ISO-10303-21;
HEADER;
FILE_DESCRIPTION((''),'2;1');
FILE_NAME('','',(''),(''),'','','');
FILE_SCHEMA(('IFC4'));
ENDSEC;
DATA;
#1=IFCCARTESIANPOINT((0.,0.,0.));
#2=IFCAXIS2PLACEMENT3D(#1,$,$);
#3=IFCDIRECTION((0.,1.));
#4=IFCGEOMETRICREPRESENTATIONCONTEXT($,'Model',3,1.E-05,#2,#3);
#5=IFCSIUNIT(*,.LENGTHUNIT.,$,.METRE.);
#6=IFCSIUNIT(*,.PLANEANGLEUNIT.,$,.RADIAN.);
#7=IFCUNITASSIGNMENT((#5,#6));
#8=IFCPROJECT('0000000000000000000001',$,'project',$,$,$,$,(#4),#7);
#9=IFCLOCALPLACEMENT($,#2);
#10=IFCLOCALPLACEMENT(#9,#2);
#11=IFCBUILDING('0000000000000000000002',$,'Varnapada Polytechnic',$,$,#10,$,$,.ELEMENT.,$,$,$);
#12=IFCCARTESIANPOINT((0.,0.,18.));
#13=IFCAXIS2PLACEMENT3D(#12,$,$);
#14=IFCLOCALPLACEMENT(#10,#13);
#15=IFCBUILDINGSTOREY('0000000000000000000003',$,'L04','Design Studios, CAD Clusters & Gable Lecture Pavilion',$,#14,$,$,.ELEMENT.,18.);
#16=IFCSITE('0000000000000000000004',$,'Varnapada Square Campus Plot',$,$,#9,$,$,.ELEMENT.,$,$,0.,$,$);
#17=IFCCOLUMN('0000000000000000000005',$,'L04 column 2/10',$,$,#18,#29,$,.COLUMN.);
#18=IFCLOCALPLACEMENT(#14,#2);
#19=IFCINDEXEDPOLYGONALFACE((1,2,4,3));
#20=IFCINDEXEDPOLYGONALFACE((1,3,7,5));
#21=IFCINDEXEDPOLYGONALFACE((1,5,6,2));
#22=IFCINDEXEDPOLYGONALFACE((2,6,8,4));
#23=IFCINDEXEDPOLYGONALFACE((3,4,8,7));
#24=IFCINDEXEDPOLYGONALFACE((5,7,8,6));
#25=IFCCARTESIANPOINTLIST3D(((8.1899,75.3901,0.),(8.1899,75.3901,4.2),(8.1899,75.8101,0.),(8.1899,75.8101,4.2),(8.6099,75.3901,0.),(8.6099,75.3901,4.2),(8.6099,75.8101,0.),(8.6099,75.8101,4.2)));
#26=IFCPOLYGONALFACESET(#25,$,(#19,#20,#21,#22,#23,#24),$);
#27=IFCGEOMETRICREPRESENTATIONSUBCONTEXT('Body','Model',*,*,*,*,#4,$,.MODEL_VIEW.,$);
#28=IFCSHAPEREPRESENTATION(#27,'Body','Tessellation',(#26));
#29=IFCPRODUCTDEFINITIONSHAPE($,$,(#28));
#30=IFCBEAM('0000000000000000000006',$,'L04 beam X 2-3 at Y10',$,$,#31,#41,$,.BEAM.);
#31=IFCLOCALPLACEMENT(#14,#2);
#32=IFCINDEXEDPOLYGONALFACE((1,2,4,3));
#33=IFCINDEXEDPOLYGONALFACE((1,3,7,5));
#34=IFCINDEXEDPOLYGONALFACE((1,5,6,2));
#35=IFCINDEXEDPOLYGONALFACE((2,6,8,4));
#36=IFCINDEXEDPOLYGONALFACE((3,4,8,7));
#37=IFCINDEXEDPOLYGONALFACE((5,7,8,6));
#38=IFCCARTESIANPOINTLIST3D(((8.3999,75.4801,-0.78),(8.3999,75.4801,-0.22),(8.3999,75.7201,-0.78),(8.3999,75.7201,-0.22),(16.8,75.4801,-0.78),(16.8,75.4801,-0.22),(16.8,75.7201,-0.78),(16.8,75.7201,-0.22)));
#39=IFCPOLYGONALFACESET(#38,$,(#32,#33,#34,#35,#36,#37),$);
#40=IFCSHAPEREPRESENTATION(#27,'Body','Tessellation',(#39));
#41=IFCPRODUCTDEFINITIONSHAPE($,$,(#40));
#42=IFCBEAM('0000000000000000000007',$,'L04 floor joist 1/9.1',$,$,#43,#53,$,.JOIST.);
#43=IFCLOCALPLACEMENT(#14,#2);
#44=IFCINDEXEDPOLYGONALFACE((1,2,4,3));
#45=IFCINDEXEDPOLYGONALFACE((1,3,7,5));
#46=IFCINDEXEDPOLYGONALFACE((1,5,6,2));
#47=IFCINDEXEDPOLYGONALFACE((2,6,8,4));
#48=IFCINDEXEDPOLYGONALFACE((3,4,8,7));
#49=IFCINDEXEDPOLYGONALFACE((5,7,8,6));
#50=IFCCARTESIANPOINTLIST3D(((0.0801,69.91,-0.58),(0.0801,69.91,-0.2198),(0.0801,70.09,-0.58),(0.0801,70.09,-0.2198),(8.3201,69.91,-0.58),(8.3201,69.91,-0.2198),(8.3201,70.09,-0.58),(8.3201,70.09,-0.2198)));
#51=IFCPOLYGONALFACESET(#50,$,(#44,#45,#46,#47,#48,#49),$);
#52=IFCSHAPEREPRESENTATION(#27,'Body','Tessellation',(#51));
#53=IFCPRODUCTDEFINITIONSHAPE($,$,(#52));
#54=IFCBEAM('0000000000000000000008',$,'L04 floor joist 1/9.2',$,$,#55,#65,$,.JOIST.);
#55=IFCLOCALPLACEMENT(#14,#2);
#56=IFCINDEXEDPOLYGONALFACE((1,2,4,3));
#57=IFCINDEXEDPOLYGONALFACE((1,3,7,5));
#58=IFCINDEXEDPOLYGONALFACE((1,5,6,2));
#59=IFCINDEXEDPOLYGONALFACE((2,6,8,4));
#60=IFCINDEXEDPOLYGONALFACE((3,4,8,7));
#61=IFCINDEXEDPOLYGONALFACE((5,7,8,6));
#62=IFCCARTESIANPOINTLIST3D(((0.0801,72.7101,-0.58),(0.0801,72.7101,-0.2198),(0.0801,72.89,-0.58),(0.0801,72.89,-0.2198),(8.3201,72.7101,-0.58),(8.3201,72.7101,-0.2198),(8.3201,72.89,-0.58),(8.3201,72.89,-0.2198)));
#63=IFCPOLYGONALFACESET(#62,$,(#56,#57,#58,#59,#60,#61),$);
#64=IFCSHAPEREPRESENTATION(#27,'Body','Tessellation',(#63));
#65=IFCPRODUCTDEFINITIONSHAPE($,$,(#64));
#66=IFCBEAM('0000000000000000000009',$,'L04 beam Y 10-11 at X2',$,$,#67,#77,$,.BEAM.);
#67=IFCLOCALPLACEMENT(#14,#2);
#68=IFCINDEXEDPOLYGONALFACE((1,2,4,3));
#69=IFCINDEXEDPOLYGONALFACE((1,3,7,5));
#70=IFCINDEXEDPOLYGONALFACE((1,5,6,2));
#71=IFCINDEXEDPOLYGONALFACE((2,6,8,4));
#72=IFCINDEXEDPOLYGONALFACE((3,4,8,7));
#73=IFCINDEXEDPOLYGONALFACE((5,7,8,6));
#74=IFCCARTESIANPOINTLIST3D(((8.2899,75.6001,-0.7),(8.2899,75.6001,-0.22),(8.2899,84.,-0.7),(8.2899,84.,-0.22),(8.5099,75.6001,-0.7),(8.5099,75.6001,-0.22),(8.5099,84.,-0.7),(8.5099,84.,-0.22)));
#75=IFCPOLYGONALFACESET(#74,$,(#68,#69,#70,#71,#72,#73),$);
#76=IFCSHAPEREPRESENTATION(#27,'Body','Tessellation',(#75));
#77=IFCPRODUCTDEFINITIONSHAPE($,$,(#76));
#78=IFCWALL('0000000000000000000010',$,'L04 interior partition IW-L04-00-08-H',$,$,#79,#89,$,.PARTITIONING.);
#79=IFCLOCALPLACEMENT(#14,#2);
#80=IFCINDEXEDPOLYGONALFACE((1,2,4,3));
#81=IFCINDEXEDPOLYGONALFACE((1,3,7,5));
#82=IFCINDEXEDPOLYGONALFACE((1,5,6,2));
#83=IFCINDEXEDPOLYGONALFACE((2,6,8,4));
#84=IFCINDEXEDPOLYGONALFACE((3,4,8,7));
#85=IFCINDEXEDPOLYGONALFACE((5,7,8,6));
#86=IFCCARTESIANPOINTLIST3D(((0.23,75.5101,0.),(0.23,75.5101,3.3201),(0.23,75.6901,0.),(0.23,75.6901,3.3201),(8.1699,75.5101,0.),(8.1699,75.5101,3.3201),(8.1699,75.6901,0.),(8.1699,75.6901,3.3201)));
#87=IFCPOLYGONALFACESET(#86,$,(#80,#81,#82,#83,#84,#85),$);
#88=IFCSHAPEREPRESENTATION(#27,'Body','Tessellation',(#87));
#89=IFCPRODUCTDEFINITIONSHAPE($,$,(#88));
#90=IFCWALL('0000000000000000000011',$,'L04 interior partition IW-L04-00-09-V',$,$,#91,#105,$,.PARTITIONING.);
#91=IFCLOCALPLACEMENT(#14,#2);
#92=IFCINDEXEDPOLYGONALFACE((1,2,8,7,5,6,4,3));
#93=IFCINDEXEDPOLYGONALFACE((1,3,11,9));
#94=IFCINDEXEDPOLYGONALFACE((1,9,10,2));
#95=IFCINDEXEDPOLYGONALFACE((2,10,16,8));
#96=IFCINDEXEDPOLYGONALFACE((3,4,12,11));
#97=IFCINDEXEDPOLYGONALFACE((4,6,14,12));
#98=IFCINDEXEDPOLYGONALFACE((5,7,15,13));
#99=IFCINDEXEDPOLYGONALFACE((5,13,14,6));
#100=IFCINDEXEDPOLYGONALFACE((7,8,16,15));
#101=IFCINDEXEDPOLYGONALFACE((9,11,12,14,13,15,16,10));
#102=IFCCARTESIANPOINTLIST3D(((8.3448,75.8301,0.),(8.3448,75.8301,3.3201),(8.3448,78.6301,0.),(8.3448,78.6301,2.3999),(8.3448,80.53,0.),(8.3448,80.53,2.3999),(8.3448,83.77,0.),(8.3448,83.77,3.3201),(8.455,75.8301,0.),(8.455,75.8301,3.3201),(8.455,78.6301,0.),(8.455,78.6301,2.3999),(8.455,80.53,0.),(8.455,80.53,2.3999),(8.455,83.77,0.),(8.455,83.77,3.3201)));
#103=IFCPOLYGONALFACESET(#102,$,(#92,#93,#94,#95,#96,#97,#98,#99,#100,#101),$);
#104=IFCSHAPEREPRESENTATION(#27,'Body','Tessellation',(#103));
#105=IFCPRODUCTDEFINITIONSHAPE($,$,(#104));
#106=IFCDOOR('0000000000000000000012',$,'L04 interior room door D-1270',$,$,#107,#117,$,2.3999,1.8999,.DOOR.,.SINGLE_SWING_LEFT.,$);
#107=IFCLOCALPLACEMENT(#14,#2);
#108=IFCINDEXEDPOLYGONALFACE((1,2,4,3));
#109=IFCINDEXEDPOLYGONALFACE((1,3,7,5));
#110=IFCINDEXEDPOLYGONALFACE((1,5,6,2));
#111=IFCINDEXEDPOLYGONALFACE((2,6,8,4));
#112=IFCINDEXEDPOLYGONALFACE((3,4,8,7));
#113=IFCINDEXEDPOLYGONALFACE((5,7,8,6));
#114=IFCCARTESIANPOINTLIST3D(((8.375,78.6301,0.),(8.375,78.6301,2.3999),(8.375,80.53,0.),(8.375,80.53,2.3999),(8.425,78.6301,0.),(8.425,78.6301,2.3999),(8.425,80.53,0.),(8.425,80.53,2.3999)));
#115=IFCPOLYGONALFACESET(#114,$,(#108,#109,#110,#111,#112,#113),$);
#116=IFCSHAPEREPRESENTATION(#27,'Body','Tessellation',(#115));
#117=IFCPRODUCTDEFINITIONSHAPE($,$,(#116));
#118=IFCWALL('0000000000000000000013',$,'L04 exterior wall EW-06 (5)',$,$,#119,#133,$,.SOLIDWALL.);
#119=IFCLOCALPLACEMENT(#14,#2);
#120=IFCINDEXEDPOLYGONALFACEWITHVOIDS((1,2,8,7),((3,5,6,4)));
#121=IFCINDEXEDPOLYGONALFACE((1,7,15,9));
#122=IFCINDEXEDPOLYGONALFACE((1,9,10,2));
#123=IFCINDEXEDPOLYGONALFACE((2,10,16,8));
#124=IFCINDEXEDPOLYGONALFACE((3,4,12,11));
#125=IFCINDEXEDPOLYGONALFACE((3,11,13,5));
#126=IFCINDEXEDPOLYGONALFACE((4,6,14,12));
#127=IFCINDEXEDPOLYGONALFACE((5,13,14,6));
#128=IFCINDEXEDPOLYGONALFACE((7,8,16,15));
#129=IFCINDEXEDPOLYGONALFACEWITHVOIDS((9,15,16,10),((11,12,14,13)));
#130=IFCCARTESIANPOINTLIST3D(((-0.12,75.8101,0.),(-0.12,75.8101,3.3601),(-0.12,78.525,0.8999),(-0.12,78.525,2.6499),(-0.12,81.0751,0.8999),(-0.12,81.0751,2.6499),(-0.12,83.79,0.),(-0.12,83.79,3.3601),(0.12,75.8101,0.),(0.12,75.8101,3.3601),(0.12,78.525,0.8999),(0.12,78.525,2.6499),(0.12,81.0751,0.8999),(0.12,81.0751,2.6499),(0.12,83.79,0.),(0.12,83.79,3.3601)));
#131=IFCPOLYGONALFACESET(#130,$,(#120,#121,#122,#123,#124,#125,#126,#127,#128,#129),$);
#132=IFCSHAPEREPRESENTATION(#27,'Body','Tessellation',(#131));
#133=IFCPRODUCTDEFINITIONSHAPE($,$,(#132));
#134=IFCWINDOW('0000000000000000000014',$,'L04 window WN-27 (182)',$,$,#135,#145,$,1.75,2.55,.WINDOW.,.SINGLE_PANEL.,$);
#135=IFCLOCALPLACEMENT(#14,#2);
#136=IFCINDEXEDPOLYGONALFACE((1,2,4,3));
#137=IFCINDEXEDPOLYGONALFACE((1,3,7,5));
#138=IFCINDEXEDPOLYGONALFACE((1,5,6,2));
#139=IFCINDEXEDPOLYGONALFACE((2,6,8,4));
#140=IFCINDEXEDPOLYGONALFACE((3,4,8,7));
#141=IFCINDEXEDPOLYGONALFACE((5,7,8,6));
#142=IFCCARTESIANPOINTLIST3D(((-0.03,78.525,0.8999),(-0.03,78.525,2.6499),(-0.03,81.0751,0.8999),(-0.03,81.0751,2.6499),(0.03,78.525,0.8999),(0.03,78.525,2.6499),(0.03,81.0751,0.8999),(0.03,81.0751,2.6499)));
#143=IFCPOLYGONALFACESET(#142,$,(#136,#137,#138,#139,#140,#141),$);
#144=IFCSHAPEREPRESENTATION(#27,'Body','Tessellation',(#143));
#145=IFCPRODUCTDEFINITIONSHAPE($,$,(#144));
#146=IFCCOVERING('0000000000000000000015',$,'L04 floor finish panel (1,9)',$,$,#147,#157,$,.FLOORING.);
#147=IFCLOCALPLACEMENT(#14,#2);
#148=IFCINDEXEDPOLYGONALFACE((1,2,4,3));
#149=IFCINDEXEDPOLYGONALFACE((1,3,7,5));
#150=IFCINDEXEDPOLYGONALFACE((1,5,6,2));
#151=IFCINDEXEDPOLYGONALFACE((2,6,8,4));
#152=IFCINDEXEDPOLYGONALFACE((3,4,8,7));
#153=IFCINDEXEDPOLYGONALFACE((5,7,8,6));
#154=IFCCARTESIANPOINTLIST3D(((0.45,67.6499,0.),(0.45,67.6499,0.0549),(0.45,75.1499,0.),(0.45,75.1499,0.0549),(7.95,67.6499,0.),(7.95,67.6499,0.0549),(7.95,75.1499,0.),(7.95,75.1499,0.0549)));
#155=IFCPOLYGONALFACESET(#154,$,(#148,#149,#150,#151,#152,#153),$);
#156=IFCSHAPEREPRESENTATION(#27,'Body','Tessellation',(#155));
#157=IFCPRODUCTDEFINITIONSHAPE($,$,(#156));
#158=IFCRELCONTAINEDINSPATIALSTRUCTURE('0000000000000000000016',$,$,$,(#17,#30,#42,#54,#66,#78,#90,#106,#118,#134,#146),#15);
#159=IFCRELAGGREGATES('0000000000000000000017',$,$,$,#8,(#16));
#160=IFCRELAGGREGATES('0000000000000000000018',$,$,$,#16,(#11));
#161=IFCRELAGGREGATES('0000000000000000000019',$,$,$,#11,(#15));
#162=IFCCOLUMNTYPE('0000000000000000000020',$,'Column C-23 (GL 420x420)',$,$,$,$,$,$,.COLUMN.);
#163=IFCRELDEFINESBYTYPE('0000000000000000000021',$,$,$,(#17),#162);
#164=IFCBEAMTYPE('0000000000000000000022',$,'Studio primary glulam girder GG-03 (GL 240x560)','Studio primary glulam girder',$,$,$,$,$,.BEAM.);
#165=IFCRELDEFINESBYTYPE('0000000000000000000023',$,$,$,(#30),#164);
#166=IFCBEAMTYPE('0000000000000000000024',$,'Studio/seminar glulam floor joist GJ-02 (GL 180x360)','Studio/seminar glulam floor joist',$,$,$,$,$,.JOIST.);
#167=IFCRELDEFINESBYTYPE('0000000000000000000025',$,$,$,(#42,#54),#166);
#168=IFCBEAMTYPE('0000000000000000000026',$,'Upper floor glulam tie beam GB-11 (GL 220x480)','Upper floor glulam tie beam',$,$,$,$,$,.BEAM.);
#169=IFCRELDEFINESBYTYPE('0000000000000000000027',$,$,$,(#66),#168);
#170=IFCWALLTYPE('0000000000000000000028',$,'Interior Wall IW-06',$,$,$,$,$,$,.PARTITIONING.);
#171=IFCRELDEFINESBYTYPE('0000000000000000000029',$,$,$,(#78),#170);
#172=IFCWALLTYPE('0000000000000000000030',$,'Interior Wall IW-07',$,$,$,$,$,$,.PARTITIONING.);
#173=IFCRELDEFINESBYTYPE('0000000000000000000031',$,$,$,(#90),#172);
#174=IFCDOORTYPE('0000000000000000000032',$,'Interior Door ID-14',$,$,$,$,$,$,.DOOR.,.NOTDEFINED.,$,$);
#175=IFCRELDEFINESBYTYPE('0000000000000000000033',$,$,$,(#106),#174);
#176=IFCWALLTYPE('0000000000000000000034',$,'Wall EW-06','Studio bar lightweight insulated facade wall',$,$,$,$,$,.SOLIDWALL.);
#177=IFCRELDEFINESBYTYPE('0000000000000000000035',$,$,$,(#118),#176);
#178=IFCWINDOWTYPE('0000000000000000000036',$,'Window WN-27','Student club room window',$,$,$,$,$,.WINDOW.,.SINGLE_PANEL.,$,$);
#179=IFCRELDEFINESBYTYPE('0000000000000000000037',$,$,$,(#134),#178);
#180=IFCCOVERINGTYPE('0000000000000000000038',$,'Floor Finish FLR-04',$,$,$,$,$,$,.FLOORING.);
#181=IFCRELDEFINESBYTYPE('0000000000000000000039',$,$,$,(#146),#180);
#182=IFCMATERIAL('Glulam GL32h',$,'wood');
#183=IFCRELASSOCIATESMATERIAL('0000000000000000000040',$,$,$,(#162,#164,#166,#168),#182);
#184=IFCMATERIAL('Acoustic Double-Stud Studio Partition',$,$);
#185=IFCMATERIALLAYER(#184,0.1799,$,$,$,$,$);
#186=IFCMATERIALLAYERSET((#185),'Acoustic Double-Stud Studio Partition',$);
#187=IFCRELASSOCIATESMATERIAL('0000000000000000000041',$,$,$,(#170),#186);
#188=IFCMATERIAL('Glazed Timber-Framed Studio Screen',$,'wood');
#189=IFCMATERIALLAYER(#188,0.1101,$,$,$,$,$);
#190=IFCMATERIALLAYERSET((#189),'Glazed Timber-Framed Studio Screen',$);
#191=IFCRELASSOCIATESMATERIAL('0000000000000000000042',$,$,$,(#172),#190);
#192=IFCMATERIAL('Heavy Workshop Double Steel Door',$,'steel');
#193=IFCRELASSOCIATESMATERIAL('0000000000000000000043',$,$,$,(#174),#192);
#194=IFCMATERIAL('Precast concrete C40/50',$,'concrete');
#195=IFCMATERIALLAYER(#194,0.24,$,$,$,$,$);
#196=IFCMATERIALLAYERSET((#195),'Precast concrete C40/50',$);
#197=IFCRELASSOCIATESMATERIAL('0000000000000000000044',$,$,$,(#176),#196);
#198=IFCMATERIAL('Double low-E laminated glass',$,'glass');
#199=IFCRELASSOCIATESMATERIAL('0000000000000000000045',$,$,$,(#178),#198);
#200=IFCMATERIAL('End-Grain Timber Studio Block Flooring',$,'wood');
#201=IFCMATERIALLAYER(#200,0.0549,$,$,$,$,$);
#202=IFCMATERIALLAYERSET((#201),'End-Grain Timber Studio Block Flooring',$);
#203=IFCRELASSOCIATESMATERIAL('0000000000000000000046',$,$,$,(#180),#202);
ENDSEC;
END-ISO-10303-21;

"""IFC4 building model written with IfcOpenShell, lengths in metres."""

from ifc_helpers import new_model, si_unit, direction, frame, frame_2d, origin, origin_2d, place, context, subcontext, project, spatial, rectangle, extrude, material, layer, layer_set, material_profile, profile_set, type_object, element, fill, save


model = new_model("IFC4")

# Units and contexts
model_context = context("Model", 3, precision=1e-05, world=origin(), true_north=direction((0.0, 1.0)))
body_context = subcontext(model_context, "Body", "Model", "MODEL_VIEW")
ifc_project = project(units=[si_unit("LENGTHUNIT", "METRE"), si_unit("PLANEANGLEUNIT", "RADIAN")], contexts=[model_context])

# Site, building, storey
site_placement = place(None, origin())
site = spatial("IfcSite", under=ifc_project, at=site_placement, Name="Varnapada Square Campus Plot", CompositionType="ELEMENT", RefElevation=0.0)
building_placement = place(site_placement, origin())
building = spatial("IfcBuilding", under=site, at=building_placement, Name="Varnapada Polytechnic", CompositionType="ELEMENT")
storey_placement = place(building_placement, frame((0.0, 0.0, 18.0)))
storey = spatial("IfcBuildingStorey", under=building, at=storey_placement, Name="L04", Description="Design Studios, CAD Clusters & Gable Lecture Pavilion", CompositionType="ELEMENT", Elevation=18.0)

# Column
ifc_material_1 = material(Name="Glulam GL32h", Category="wood")
ifc_material_profile_1 = material_profile(ifc_material_1, rectangle(XDim=0.4199, YDim=0.4199, at=origin_2d()), Name="GL 420x420")
ifc_profile_set_1 = profile_set([ifc_material_profile_1], Name="Glulam GL32h")
column_type = type_object("IfcColumnType", Name="Column C-23 (GL 420x420)", PredefinedType="COLUMN", material=ifc_profile_set_1)
column_placement = place(storey_placement, frame((8.3999, 75.6001, 0.0), z_axis=(0.0, 0.0, 1.0), x_axis=(1.0, 0.0, 0.0)))
element("IfcColumn", 1, at=column_placement, inside=storey, type_object=column_type, Name="L04 column 2/10", PredefinedType="COLUMN", context=body_context, shape_type="SweptSolid", body=[
    extrude(rectangle(XDim=0.4199, YDim=0.4199, at=origin_2d()), origin(), (0.0, 0.0, 1.0), 4.2),
])

# Beams
ifc_material_profile_2 = material_profile(ifc_material_1, rectangle(XDim=0.24, YDim=0.5601, at=origin_2d()), Name="GL 240x560")
ifc_profile_set_2 = profile_set([ifc_material_profile_2], Name="Glulam GL32h")
beam_type_1 = type_object("IfcBeamType", Name="Studio primary glulam girder GG-03 (GL 240x560)", Description="Studio primary glulam girder", PredefinedType="BEAM", material=ifc_profile_set_2)
beam_1_placement = place(storey_placement, frame((8.3999, 75.6001, -0.5), z_axis=(1.0, 0.0, 0.0), x_axis=(0.0, 1.0, 0.0)))
element("IfcBeam", 2, at=beam_1_placement, inside=storey, type_object=beam_type_1, Name="L04 beam X 2-3 at Y10", PredefinedType="BEAM", context=body_context, shape_type="SweptSolid", body=[
    extrude(rectangle(XDim=0.24, YDim=0.5601, at=origin_2d()), origin(), (0.0, 0.0, 1.0), 8.4001),
])
ifc_material_profile_3 = material_profile(ifc_material_1, rectangle(XDim=0.1799, YDim=0.3601, at=origin_2d()), Name="GL 180x360")
ifc_profile_set_3 = profile_set([ifc_material_profile_3], Name="Glulam GL32h")
beam_type_2 = type_object("IfcBeamType", Name="Studio/seminar glulam floor joist GJ-02 (GL 180x360)", Description="Studio/seminar glulam floor joist", PredefinedType="JOIST", material=ifc_profile_set_3)
for number, where, z_axis, x_axis, name in (
    (3, (0.0801, 70.0, -0.3999), (1.0, 0.0, 0.0), (0.0, 1.0, 0.0), "L04 floor joist 1/9.1"),
    (4, (0.0801, 72.8, -0.3999), (1.0, 0.0, 0.0), (0.0, 1.0, 0.0), "L04 floor joist 1/9.2"),
):
    element("IfcBeam", number, at=place(storey_placement, frame(where, z_axis=z_axis, x_axis=x_axis)), inside=storey, type_object=beam_type_2, Name=name, PredefinedType="JOIST", context=body_context, shape_type="SweptSolid", body=[
        extrude(rectangle(XDim=0.1799, YDim=0.3601, at=origin_2d()), origin(), (0.0, 0.0, 1.0), 8.24),
    ])
ifc_material_profile_4 = material_profile(ifc_material_1, rectangle(XDim=0.22, YDim=0.48, at=origin_2d()), Name="GL 220x480")
ifc_profile_set_4 = profile_set([ifc_material_profile_4], Name="Glulam GL32h")
beam_type_3 = type_object("IfcBeamType", Name="Upper floor glulam tie beam GB-11 (GL 220x480)", Description="Upper floor glulam tie beam", PredefinedType="BEAM", material=ifc_profile_set_4)
beam_2_placement = place(storey_placement, frame((8.3999, 75.6001, -0.46), z_axis=(0.0, 1.0, 0.0), x_axis=(-1.0, 0.0, 0.0)))
element("IfcBeam", 5, at=beam_2_placement, inside=storey, type_object=beam_type_3, Name="L04 beam Y 10-11 at X2", PredefinedType="BEAM", context=body_context, shape_type="SweptSolid", body=[
    extrude(rectangle(XDim=0.22, YDim=0.48, at=origin_2d()), origin(), (0.0, 0.0, 1.0), 8.3999),
])

# Wall
ifc_material_2 = material(Name="Acoustic Double-Stud Studio Partition")
ifc_layer_1 = layer(ifc_material_2, 0.1799)
ifc_layer_set_1 = layer_set([ifc_layer_1], Name="Acoustic Double-Stud Studio Partition")
wall_type_1 = type_object("IfcWallType", Name="Interior Wall IW-06", PredefinedType="PARTITIONING", material=ifc_layer_set_1)
wall_1_placement = place(storey_placement, frame((0.23, 75.6001, 0.0), z_axis=(0.0, 0.0, 1.0), x_axis=(1.0, 0.0, 0.0)))
element("IfcWall", 6, at=wall_1_placement, inside=storey, type_object=wall_type_1, Name="L04 interior partition IW-L04-00-08-H", PredefinedType="PARTITIONING", context=body_context, shape_type="SweptSolid", body=[
    extrude(rectangle(XDim=7.9399, YDim=0.1799, at=frame_2d((3.97, 0.0))), origin(), (0.0, 0.0, 1.0), 3.3201),
])

# Wall, opening, door
ifc_material_3 = material(Name="Glazed Timber-Framed Studio Screen", Category="wood")
ifc_layer_2 = layer(ifc_material_3, 0.1101)
ifc_layer_set_2 = layer_set([ifc_layer_2], Name="Glazed Timber-Framed Studio Screen")
wall_type_2 = type_object("IfcWallType", Name="Interior Wall IW-07", PredefinedType="PARTITIONING", material=ifc_layer_set_2)
wall_2_placement = place(storey_placement, frame((8.3999, 75.8301, 0.0), z_axis=(0.0, 0.0, 1.0), x_axis=(0.0, 1.0, 0.0)))
wall_2 = element("IfcWall", 7, at=wall_2_placement, inside=storey, type_object=wall_type_2, Name="L04 interior partition IW-L04-00-09-V", PredefinedType="PARTITIONING", context=body_context, shape_type="SweptSolid", body=[
    extrude(rectangle(XDim=7.9399, YDim=0.1101, at=frame_2d((3.97, 0.0))), origin(), (0.0, 0.0, 1.0), 3.3201),
])
opening_1_placement = place(wall_2_placement, frame((2.8, 0.0, 0.0)))
opening_1 = element("IfcOpeningElement", 8, at=opening_1_placement, cuts=wall_2, PredefinedType="OPENING", context=body_context, shape_type="SweptSolid", body=[
    extrude(rectangle(XDim=1.8999, YDim=2.3999, at=frame_2d((0.95, 1.2))), frame((0.0, 0.0649, 0.0), z_axis=(0.0, -1.0, 0.0), x_axis=(1.0, 0.0, 0.0)), (0.0, 0.0, 1.0), 0.1301),
])
ifc_material_4 = material(Name="Heavy Workshop Double Steel Door", Category="steel")
door_type = type_object("IfcDoorType", Name="Interior Door ID-14", OperationType="NOTDEFINED", PredefinedType="DOOR", material=ifc_material_4)
door_placement = place(opening_1_placement, origin())
door = element("IfcDoor", 9, at=door_placement, inside=storey, type_object=door_type, Name="L04 interior room door D-1270", OperationType="SINGLE_SWING_LEFT", OverallHeight=2.3999, OverallWidth=1.8999, PredefinedType="DOOR", context=body_context, shape_type="SweptSolid", body=[
    extrude(rectangle(XDim=1.8999, YDim=2.3999, at=frame_2d((0.95, 1.2))), frame((0.0, 0.0249, 0.0), z_axis=(0.0, -1.0, 0.0), x_axis=(1.0, 0.0, 0.0)), (0.0, 0.0, 1.0), 0.05),
])
fill(opening_1, door)

# Wall, opening, window
ifc_material_5 = material(Name="Precast concrete C40/50", Category="concrete")
ifc_layer_3 = layer(ifc_material_5, 0.24)
ifc_layer_set_3 = layer_set([ifc_layer_3], Name="Precast concrete C40/50")
wall_type_3 = type_object("IfcWallType", Name="Wall EW-06", Description="Studio bar lightweight insulated facade wall", PredefinedType="SOLIDWALL", material=ifc_layer_set_3)
wall_3_placement = place(storey_placement, frame((0.0, 75.8101, 0.0), z_axis=(0.0, 0.0, 1.0), x_axis=(0.0, 1.0, 0.0)))
wall_3 = element("IfcWall", 10, at=wall_3_placement, inside=storey, type_object=wall_type_3, Name="L04 exterior wall EW-06 (5)", PredefinedType="SOLIDWALL", context=body_context, shape_type="SweptSolid", body=[
    extrude(rectangle(XDim=7.98, YDim=0.24, at=frame_2d((3.99, 0.0))), origin(), (0.0, 0.0, 1.0), 3.3601),
])
opening_2_placement = place(wall_3_placement, frame((2.7151, 0.0, 0.8999)))
opening_2 = element("IfcOpeningElement", 11, at=opening_2_placement, cuts=wall_3, PredefinedType="OPENING", context=body_context, shape_type="SweptSolid", body=[
    extrude(rectangle(XDim=2.55, YDim=1.75, at=frame_2d((1.2749, 0.875))), frame((0.0, 0.1299, 0.0), z_axis=(0.0, -1.0, 0.0), x_axis=(1.0, 0.0, 0.0)), (0.0, 0.0, 1.0), 0.26),
])
ifc_material_6 = material(Name="Double low-E laminated glass", Category="glass")
window_type = type_object("IfcWindowType", Name="Window WN-27", Description="Student club room window", PartitioningType="SINGLE_PANEL", PredefinedType="WINDOW", material=ifc_material_6)
window_placement = place(opening_2_placement, origin())
window = element("IfcWindow", 12, at=window_placement, inside=storey, type_object=window_type, Name="L04 window WN-27 (182)", OverallHeight=1.75, OverallWidth=2.55, PartitioningType="SINGLE_PANEL", PredefinedType="WINDOW", context=body_context, shape_type="SweptSolid", body=[
    extrude(rectangle(XDim=2.55, YDim=1.75, at=frame_2d((1.2749, 0.875))), frame((0.0, 0.03, 0.0), z_axis=(0.0, -1.0, 0.0), x_axis=(1.0, 0.0, 0.0)), (0.0, 0.0, 1.0), 0.0601),
])
fill(opening_2, window)

# Covering
ifc_material_7 = material(Name="End-Grain Timber Studio Block Flooring", Category="wood")
ifc_layer_4 = layer(ifc_material_7, 0.0549)
ifc_layer_set_4 = layer_set([ifc_layer_4], Name="End-Grain Timber Studio Block Flooring")
covering_type = type_object("IfcCoveringType", Name="Floor Finish FLR-04", PredefinedType="FLOORING", material=ifc_layer_set_4)
covering_placement = place(storey_placement, frame((4.2, 71.3999, 0.0), z_axis=(0.0, 0.0, 1.0), x_axis=(1.0, 0.0, 0.0)))
element("IfcCovering", 13, at=covering_placement, inside=storey, type_object=covering_type, Name="L04 floor finish panel (1,9)", PredefinedType="FLOORING", context=body_context, shape_type="SweptSolid", body=[
    extrude(rectangle(XDim=7.5, YDim=7.5, at=origin_2d()), origin(), (0.0, 0.0, 1.0), 0.0549),
])

save(model, "model.ifc")
